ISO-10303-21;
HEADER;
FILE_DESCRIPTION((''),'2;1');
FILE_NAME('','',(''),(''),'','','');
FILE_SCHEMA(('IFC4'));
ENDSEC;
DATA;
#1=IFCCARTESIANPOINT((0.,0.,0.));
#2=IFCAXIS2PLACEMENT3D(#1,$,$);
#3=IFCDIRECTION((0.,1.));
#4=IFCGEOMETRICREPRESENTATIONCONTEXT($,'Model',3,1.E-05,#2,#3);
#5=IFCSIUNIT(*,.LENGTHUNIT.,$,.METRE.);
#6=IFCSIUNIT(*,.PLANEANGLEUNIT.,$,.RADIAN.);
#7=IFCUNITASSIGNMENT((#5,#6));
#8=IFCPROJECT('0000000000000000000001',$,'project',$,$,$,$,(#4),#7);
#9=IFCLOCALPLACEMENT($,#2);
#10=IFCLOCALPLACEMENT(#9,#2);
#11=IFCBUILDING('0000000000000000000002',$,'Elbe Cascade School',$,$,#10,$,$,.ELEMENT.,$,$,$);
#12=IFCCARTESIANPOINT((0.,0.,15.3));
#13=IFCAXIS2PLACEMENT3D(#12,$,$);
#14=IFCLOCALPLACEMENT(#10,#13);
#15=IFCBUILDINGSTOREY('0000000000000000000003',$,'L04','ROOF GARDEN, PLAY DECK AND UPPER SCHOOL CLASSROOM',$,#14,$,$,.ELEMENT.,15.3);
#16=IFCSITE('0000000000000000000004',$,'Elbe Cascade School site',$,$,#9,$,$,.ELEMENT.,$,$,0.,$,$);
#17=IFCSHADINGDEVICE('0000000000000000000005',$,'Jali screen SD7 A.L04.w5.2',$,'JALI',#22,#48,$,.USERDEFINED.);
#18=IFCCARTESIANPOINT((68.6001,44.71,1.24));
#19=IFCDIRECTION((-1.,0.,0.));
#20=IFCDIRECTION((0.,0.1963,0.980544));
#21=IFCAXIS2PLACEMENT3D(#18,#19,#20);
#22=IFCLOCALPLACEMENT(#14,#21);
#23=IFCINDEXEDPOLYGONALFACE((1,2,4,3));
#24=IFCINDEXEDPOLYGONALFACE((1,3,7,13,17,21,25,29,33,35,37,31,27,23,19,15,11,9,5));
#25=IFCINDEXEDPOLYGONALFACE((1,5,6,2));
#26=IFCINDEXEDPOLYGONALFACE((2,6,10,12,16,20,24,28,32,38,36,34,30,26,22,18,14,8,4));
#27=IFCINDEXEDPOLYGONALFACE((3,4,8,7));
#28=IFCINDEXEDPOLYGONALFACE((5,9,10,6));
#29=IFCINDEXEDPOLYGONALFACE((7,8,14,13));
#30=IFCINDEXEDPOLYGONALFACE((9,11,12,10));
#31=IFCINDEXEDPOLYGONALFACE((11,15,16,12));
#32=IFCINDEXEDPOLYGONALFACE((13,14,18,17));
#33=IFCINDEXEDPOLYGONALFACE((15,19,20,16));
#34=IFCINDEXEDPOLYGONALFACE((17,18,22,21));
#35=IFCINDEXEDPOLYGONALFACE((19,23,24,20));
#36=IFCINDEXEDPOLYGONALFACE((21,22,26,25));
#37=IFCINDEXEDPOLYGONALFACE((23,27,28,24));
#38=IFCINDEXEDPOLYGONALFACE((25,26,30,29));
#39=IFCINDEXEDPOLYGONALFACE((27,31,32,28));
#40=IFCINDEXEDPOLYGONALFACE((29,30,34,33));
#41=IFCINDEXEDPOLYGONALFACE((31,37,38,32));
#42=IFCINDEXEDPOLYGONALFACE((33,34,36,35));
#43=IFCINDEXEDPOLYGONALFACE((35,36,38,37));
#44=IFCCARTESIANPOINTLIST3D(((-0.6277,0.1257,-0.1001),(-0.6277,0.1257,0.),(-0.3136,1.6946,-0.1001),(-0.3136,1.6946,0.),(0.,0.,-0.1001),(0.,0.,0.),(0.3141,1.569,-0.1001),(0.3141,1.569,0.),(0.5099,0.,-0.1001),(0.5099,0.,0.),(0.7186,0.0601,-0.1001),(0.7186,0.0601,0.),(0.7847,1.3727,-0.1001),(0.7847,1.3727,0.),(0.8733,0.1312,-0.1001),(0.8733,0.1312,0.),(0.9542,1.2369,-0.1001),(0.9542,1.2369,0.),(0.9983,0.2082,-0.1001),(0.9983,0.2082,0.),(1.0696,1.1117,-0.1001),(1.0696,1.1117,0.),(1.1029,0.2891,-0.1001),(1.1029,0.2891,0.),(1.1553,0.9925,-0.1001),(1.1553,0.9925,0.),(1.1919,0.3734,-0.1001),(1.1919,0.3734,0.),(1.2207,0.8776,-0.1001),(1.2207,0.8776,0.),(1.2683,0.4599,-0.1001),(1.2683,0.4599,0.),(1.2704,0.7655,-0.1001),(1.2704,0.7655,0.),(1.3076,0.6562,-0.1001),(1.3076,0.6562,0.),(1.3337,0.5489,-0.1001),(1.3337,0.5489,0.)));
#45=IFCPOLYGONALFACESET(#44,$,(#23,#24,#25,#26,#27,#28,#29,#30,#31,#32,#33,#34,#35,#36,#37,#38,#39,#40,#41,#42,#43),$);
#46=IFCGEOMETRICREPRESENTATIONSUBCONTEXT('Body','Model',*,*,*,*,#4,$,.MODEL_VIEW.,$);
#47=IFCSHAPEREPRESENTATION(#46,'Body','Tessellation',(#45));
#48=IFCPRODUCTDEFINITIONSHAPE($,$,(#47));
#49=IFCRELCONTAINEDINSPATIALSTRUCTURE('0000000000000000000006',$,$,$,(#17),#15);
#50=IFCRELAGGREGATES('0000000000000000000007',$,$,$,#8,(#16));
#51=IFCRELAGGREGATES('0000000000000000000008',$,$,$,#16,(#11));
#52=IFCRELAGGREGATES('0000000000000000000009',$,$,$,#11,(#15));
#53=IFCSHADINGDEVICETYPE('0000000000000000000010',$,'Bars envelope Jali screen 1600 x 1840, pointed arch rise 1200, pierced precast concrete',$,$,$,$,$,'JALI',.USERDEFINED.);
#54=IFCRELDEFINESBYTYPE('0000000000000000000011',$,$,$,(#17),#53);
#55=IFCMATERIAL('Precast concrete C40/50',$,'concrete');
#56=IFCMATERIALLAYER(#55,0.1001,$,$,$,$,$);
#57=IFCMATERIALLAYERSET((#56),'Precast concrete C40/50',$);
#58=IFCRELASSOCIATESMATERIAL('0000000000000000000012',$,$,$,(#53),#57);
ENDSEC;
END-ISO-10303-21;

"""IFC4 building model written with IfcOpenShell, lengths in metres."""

from ifc_helpers import new_model, si_unit, direction, frame, origin, place, context, subcontext, project, spatial, polyline, outline, extrude, material, layer, layer_set, type_object, element, save


model = new_model("IFC4")

# Units and contexts
model_context = context("Model", 3, precision=1e-05, world=origin(), true_north=direction((0.0, 1.0)))
body_context = subcontext(model_context, "Body", "Model", "MODEL_VIEW")
ifc_project = project(units=[si_unit("LENGTHUNIT", "METRE"), si_unit("PLANEANGLEUNIT", "RADIAN")], contexts=[model_context])

# Site, building, storey
site_placement = place(None, origin())
site = spatial("IfcSite", under=ifc_project, at=site_placement, Name="Elbe Cascade School site", CompositionType="ELEMENT", RefElevation=0.0)
building_placement = place(site_placement, origin())
building = spatial("IfcBuilding", under=site, at=building_placement, Name="Elbe Cascade School", CompositionType="ELEMENT")
storey_placement = place(building_placement, frame((0.0, 0.0, 15.3)))
storey = spatial("IfcBuildingStorey", under=building, at=storey_placement, Name="L04", Description="ROOF GARDEN, PLAY DECK AND UPPER SCHOOL CLASSROOM", CompositionType="ELEMENT", Elevation=15.3)

# Shading device
ifc_material_1 = material(Name="Precast concrete C40/50", Category="concrete")
ifc_layer_1 = layer(ifc_material_1, 0.1001)
ifc_layer_set_1 = layer_set([ifc_layer_1], Name="Precast concrete C40/50")
shading_device_type_1 = type_object("IfcShadingDeviceType", Name="Bars envelope Jali screen 1600 x 1840, pointed arch rise 1200, pierced precast concrete", ElementType="JALI", PredefinedType="USERDEFINED", material=ifc_layer_set_1)
shading_device_1_placement = place(storey_placement, frame((68.6001, 44.71, 1.24), z_axis=(-1.0, 0.0, 0.0), x_axis=(0.0, 0.1963, 0.980544)))
element("IfcShadingDevice", 1, at=shading_device_1_placement, inside=storey, type_object=shading_device_type_1, Name="Jali screen SD7 A.L04.w5.2", ObjectType="JALI", PredefinedType="USERDEFINED", context=body_context, shape_type="SweptSolid", body=[
    extrude(outline(polyline([(0.0, 0.0), (0.5099, 0.0), (0.7186, 0.0601), (0.8733, 0.1312), (0.9983, 0.2082), (1.1029, 0.2891), (1.1919, 0.3734), (1.2683, 0.4599), (1.3337, 0.5489), (1.3076, 0.6562), (1.2704, 0.7655), (1.2207, 0.8776), (1.1553, 0.9925), (1.0696, 1.1117), (0.9542, 1.2369), (0.7847, 1.3727), (0.3141, 1.569), (-0.3136, 1.6946), (-0.6277, 0.1257), (0.0, 0.0)])), origin(), (0.0, 0.0, -1.0), 0.1001),
])

save(model, "model.ifc")
